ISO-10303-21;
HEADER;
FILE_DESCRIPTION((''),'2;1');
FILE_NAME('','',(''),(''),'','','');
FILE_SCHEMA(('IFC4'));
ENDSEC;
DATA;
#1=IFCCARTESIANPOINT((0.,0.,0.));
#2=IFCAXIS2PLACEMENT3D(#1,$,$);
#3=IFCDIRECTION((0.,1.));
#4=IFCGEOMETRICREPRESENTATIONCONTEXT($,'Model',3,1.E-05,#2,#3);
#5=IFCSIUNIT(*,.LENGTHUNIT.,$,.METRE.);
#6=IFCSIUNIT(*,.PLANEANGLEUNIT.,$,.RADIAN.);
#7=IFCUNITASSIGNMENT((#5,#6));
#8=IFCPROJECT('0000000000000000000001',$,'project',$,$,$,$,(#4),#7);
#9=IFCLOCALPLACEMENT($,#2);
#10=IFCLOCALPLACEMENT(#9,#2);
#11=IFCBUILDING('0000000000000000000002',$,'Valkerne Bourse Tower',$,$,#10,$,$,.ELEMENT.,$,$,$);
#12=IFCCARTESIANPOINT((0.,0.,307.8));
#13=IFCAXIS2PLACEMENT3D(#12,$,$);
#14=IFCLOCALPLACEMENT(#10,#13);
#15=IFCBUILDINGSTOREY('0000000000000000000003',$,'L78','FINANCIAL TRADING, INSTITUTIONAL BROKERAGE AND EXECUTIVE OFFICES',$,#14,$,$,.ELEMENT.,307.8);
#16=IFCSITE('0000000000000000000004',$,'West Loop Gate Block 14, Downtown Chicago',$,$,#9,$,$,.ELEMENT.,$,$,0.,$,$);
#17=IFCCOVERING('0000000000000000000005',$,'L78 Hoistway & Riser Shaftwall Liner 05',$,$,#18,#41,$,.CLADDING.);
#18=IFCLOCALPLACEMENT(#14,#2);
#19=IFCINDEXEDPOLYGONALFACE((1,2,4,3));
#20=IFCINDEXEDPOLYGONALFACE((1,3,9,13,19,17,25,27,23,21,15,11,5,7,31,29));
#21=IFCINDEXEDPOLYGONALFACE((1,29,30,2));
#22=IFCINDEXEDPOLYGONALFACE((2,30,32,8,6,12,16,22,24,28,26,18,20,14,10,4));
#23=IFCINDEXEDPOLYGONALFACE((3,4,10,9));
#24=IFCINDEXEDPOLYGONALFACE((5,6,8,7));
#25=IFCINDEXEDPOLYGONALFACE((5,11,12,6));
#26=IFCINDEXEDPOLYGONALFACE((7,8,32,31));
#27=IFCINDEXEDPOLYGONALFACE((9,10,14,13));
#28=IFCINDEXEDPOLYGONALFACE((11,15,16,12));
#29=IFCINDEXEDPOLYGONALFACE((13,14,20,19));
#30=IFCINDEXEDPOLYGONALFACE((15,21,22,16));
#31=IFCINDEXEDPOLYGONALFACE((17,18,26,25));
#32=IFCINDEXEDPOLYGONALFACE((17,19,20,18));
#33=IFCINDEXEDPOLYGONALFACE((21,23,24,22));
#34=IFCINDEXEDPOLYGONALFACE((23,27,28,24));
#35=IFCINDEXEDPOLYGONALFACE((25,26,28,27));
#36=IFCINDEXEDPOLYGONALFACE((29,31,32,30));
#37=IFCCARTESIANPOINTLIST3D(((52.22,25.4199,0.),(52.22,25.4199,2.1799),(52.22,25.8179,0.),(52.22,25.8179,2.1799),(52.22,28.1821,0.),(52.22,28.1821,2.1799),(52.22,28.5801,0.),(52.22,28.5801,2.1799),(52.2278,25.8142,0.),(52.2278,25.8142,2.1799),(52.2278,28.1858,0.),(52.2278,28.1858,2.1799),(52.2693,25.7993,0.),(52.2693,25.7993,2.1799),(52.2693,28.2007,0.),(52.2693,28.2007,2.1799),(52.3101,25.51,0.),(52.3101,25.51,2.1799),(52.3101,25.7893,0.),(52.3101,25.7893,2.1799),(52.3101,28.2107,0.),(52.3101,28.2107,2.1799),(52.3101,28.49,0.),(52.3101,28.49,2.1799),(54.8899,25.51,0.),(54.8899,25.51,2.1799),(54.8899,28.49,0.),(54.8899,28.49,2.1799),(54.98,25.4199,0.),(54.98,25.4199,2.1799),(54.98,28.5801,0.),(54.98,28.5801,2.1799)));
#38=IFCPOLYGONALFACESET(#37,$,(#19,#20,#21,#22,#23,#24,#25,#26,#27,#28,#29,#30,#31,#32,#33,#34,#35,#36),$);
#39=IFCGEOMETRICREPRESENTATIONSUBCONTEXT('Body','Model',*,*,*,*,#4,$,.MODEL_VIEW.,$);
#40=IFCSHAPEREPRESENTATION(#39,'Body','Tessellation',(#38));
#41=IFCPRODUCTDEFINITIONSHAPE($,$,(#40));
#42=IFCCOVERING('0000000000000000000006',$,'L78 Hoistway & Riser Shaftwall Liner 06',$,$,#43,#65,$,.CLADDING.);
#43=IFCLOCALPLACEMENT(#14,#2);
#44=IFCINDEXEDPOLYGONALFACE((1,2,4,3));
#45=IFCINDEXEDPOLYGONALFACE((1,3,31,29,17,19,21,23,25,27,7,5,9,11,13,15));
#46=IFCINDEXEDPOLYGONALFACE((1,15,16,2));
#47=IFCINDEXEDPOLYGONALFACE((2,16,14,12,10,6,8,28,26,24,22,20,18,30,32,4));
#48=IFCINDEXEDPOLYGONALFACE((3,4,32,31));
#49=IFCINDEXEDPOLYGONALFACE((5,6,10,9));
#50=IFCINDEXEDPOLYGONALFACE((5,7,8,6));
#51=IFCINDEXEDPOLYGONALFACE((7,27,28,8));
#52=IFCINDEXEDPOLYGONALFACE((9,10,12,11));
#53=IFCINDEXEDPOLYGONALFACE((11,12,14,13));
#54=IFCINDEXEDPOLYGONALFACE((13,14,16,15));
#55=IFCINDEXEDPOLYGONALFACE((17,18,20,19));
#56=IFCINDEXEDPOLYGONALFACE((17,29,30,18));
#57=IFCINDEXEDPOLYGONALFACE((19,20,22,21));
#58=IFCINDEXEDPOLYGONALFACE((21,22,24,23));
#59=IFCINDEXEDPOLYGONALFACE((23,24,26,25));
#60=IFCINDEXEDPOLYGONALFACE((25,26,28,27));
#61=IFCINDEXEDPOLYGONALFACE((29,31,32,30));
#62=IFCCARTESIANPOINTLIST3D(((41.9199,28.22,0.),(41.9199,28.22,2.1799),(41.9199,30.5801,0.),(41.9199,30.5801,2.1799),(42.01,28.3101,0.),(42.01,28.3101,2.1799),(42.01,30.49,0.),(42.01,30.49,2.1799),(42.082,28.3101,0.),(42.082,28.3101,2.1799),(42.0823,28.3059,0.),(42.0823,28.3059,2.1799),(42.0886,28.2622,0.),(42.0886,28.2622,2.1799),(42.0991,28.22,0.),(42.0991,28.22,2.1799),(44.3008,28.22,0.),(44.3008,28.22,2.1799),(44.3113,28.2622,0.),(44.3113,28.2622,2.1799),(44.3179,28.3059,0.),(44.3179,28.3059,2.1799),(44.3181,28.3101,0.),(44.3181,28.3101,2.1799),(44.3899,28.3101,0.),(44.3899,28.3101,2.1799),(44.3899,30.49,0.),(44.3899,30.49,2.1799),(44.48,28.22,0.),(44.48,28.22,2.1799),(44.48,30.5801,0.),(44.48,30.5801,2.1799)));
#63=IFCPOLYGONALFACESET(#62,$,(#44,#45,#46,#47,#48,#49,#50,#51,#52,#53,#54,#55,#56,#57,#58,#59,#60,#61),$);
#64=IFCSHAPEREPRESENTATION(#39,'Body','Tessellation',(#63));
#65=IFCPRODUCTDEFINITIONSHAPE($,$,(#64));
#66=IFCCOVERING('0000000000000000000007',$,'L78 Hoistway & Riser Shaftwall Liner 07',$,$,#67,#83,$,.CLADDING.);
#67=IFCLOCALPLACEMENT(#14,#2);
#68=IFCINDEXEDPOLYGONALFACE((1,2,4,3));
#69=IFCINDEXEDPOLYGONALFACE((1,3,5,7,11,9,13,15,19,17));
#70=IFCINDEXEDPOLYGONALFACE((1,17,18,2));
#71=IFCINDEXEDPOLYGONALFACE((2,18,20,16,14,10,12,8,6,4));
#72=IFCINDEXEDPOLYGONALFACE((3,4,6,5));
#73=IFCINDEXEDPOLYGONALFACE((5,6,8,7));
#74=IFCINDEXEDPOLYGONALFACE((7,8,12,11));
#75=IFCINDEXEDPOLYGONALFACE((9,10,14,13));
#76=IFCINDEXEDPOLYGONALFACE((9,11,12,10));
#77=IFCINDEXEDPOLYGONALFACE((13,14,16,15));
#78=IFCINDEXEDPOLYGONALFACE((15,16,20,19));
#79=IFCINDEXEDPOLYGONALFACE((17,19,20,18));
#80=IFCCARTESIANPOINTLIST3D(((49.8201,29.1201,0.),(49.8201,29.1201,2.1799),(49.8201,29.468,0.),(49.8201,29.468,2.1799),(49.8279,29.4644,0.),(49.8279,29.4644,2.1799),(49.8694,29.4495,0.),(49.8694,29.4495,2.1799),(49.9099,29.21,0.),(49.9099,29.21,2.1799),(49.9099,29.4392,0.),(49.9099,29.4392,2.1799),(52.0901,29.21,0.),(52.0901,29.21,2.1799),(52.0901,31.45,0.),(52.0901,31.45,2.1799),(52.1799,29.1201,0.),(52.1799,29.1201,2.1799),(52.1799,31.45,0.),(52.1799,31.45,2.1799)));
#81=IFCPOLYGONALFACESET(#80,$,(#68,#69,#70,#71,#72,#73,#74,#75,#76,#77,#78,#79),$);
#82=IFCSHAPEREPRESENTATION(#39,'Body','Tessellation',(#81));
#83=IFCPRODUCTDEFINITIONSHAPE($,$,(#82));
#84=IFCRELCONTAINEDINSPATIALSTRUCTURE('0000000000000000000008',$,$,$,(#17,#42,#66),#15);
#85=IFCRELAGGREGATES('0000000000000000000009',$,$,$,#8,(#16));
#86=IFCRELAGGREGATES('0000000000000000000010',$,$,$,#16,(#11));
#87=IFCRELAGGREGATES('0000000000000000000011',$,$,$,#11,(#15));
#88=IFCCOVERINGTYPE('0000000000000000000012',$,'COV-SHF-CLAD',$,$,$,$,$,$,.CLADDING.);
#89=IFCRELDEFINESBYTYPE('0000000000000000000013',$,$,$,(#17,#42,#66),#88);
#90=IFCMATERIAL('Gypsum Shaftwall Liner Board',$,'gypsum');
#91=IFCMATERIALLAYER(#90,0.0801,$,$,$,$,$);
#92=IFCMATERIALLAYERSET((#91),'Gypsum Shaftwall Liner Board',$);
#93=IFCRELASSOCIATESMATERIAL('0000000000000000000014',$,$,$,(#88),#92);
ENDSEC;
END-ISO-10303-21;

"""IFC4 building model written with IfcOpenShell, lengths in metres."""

from ifc_helpers import new_model, si_unit, direction, frame, origin, place, context, subcontext, project, spatial, polyline, outline, extrude, material, layer, layer_set, type_object, element, save


model = new_model("IFC4")

# Units and contexts
model_context = context("Model", 3, precision=1e-05, world=origin(), true_north=direction((0.0, 1.0)))
body_context = subcontext(model_context, "Body", "Model", "MODEL_VIEW")
ifc_project = project(units=[si_unit("LENGTHUNIT", "METRE"), si_unit("PLANEANGLEUNIT", "RADIAN")], contexts=[model_context])

# Site, building, storey
site_placement = place(None, origin())
site = spatial("IfcSite", under=ifc_project, at=site_placement, Name="West Loop Gate Block 14, Downtown Chicago", CompositionType="ELEMENT", RefElevation=0.0)
building_placement = place(site_placement, origin())
building = spatial("IfcBuilding", under=site, at=building_placement, Name="Valkerne Bourse Tower", CompositionType="ELEMENT")
storey_placement = place(building_placement, frame((0.0, 0.0, 307.8)))
storey = spatial("IfcBuildingStorey", under=building, at=storey_placement, Name="L78", Description="FINANCIAL TRADING, INSTITUTIONAL BROKERAGE AND EXECUTIVE OFFICES", CompositionType="ELEMENT", Elevation=307.8)

# Coverings
ifc_material_1 = material(Name="Gypsum Shaftwall Liner Board", Category="gypsum")
ifc_layer_1 = layer(ifc_material_1, 0.0801)
ifc_layer_set_1 = layer_set([ifc_layer_1], Name="Gypsum Shaftwall Liner Board")
covering_type_1 = type_object("IfcCoveringType", Name="COV-SHF-CLAD", PredefinedType="CLADDING", material=ifc_layer_set_1)
covering_1_placement = place(storey_placement, origin())
element("IfcCovering", 1, at=covering_1_placement, inside=storey, type_object=covering_type_1, Name="L78 Hoistway & Riser Shaftwall Liner 05", PredefinedType="CLADDING", context=body_context, shape_type="SweptSolid", body=[
    extrude(outline(polyline([(54.98, 28.5801), (54.98, 25.4199), (52.22, 25.4199), (52.22, 25.8179), (52.2278, 25.8142), (52.2693, 25.7993), (52.3101, 25.7893), (52.3101, 25.51), (54.8899, 25.51), (54.8899, 28.49), (52.3101, 28.49), (52.3101, 28.2107), (52.2693, 28.2007), (52.2278, 28.1858), (52.22, 28.1821), (52.22, 28.5801), (54.98, 28.5801)])), origin(), (0.0, 0.0, 1.0), 2.1799),
])
covering_2_placement = place(storey_placement, origin())
element("IfcCovering", 2, at=covering_2_placement, inside=storey, type_object=covering_type_1, Name="L78 Hoistway & Riser Shaftwall Liner 06", PredefinedType="CLADDING", context=body_context, shape_type="SweptSolid", body=[
    extrude(outline(polyline([(44.48, 28.22), (44.3008, 28.22), (44.3113, 28.2622), (44.3179, 28.3059), (44.3181, 28.3101), (44.3899, 28.3101), (44.3899, 30.49), (42.01, 30.49), (42.01, 28.3101), (42.082, 28.3101), (42.0823, 28.3059), (42.0886, 28.2622), (42.0991, 28.22), (41.9199, 28.22), (41.9199, 30.5801), (44.48, 30.5801), (44.48, 28.22)])), origin(), (0.0, 0.0, 1.0), 2.1799),
])
covering_3_placement = place(storey_placement, origin())
element("IfcCovering", 3, at=covering_3_placement, inside=storey, type_object=covering_type_1, Name="L78 Hoistway & Riser Shaftwall Liner 07", PredefinedType="CLADDING", context=body_context, shape_type="SweptSolid", body=[
    extrude(outline(polyline([(49.8201, 29.1201), (49.8201, 29.468), (49.8279, 29.4644), (49.8694, 29.4495), (49.9099, 29.4392), (49.9099, 29.21), (52.0901, 29.21), (52.0901, 31.45), (52.1799, 31.45), (52.1799, 29.1201), (49.8201, 29.1201)])), origin(), (0.0, 0.0, 1.0), 2.1799),
])

save(model, "model.ifc")
